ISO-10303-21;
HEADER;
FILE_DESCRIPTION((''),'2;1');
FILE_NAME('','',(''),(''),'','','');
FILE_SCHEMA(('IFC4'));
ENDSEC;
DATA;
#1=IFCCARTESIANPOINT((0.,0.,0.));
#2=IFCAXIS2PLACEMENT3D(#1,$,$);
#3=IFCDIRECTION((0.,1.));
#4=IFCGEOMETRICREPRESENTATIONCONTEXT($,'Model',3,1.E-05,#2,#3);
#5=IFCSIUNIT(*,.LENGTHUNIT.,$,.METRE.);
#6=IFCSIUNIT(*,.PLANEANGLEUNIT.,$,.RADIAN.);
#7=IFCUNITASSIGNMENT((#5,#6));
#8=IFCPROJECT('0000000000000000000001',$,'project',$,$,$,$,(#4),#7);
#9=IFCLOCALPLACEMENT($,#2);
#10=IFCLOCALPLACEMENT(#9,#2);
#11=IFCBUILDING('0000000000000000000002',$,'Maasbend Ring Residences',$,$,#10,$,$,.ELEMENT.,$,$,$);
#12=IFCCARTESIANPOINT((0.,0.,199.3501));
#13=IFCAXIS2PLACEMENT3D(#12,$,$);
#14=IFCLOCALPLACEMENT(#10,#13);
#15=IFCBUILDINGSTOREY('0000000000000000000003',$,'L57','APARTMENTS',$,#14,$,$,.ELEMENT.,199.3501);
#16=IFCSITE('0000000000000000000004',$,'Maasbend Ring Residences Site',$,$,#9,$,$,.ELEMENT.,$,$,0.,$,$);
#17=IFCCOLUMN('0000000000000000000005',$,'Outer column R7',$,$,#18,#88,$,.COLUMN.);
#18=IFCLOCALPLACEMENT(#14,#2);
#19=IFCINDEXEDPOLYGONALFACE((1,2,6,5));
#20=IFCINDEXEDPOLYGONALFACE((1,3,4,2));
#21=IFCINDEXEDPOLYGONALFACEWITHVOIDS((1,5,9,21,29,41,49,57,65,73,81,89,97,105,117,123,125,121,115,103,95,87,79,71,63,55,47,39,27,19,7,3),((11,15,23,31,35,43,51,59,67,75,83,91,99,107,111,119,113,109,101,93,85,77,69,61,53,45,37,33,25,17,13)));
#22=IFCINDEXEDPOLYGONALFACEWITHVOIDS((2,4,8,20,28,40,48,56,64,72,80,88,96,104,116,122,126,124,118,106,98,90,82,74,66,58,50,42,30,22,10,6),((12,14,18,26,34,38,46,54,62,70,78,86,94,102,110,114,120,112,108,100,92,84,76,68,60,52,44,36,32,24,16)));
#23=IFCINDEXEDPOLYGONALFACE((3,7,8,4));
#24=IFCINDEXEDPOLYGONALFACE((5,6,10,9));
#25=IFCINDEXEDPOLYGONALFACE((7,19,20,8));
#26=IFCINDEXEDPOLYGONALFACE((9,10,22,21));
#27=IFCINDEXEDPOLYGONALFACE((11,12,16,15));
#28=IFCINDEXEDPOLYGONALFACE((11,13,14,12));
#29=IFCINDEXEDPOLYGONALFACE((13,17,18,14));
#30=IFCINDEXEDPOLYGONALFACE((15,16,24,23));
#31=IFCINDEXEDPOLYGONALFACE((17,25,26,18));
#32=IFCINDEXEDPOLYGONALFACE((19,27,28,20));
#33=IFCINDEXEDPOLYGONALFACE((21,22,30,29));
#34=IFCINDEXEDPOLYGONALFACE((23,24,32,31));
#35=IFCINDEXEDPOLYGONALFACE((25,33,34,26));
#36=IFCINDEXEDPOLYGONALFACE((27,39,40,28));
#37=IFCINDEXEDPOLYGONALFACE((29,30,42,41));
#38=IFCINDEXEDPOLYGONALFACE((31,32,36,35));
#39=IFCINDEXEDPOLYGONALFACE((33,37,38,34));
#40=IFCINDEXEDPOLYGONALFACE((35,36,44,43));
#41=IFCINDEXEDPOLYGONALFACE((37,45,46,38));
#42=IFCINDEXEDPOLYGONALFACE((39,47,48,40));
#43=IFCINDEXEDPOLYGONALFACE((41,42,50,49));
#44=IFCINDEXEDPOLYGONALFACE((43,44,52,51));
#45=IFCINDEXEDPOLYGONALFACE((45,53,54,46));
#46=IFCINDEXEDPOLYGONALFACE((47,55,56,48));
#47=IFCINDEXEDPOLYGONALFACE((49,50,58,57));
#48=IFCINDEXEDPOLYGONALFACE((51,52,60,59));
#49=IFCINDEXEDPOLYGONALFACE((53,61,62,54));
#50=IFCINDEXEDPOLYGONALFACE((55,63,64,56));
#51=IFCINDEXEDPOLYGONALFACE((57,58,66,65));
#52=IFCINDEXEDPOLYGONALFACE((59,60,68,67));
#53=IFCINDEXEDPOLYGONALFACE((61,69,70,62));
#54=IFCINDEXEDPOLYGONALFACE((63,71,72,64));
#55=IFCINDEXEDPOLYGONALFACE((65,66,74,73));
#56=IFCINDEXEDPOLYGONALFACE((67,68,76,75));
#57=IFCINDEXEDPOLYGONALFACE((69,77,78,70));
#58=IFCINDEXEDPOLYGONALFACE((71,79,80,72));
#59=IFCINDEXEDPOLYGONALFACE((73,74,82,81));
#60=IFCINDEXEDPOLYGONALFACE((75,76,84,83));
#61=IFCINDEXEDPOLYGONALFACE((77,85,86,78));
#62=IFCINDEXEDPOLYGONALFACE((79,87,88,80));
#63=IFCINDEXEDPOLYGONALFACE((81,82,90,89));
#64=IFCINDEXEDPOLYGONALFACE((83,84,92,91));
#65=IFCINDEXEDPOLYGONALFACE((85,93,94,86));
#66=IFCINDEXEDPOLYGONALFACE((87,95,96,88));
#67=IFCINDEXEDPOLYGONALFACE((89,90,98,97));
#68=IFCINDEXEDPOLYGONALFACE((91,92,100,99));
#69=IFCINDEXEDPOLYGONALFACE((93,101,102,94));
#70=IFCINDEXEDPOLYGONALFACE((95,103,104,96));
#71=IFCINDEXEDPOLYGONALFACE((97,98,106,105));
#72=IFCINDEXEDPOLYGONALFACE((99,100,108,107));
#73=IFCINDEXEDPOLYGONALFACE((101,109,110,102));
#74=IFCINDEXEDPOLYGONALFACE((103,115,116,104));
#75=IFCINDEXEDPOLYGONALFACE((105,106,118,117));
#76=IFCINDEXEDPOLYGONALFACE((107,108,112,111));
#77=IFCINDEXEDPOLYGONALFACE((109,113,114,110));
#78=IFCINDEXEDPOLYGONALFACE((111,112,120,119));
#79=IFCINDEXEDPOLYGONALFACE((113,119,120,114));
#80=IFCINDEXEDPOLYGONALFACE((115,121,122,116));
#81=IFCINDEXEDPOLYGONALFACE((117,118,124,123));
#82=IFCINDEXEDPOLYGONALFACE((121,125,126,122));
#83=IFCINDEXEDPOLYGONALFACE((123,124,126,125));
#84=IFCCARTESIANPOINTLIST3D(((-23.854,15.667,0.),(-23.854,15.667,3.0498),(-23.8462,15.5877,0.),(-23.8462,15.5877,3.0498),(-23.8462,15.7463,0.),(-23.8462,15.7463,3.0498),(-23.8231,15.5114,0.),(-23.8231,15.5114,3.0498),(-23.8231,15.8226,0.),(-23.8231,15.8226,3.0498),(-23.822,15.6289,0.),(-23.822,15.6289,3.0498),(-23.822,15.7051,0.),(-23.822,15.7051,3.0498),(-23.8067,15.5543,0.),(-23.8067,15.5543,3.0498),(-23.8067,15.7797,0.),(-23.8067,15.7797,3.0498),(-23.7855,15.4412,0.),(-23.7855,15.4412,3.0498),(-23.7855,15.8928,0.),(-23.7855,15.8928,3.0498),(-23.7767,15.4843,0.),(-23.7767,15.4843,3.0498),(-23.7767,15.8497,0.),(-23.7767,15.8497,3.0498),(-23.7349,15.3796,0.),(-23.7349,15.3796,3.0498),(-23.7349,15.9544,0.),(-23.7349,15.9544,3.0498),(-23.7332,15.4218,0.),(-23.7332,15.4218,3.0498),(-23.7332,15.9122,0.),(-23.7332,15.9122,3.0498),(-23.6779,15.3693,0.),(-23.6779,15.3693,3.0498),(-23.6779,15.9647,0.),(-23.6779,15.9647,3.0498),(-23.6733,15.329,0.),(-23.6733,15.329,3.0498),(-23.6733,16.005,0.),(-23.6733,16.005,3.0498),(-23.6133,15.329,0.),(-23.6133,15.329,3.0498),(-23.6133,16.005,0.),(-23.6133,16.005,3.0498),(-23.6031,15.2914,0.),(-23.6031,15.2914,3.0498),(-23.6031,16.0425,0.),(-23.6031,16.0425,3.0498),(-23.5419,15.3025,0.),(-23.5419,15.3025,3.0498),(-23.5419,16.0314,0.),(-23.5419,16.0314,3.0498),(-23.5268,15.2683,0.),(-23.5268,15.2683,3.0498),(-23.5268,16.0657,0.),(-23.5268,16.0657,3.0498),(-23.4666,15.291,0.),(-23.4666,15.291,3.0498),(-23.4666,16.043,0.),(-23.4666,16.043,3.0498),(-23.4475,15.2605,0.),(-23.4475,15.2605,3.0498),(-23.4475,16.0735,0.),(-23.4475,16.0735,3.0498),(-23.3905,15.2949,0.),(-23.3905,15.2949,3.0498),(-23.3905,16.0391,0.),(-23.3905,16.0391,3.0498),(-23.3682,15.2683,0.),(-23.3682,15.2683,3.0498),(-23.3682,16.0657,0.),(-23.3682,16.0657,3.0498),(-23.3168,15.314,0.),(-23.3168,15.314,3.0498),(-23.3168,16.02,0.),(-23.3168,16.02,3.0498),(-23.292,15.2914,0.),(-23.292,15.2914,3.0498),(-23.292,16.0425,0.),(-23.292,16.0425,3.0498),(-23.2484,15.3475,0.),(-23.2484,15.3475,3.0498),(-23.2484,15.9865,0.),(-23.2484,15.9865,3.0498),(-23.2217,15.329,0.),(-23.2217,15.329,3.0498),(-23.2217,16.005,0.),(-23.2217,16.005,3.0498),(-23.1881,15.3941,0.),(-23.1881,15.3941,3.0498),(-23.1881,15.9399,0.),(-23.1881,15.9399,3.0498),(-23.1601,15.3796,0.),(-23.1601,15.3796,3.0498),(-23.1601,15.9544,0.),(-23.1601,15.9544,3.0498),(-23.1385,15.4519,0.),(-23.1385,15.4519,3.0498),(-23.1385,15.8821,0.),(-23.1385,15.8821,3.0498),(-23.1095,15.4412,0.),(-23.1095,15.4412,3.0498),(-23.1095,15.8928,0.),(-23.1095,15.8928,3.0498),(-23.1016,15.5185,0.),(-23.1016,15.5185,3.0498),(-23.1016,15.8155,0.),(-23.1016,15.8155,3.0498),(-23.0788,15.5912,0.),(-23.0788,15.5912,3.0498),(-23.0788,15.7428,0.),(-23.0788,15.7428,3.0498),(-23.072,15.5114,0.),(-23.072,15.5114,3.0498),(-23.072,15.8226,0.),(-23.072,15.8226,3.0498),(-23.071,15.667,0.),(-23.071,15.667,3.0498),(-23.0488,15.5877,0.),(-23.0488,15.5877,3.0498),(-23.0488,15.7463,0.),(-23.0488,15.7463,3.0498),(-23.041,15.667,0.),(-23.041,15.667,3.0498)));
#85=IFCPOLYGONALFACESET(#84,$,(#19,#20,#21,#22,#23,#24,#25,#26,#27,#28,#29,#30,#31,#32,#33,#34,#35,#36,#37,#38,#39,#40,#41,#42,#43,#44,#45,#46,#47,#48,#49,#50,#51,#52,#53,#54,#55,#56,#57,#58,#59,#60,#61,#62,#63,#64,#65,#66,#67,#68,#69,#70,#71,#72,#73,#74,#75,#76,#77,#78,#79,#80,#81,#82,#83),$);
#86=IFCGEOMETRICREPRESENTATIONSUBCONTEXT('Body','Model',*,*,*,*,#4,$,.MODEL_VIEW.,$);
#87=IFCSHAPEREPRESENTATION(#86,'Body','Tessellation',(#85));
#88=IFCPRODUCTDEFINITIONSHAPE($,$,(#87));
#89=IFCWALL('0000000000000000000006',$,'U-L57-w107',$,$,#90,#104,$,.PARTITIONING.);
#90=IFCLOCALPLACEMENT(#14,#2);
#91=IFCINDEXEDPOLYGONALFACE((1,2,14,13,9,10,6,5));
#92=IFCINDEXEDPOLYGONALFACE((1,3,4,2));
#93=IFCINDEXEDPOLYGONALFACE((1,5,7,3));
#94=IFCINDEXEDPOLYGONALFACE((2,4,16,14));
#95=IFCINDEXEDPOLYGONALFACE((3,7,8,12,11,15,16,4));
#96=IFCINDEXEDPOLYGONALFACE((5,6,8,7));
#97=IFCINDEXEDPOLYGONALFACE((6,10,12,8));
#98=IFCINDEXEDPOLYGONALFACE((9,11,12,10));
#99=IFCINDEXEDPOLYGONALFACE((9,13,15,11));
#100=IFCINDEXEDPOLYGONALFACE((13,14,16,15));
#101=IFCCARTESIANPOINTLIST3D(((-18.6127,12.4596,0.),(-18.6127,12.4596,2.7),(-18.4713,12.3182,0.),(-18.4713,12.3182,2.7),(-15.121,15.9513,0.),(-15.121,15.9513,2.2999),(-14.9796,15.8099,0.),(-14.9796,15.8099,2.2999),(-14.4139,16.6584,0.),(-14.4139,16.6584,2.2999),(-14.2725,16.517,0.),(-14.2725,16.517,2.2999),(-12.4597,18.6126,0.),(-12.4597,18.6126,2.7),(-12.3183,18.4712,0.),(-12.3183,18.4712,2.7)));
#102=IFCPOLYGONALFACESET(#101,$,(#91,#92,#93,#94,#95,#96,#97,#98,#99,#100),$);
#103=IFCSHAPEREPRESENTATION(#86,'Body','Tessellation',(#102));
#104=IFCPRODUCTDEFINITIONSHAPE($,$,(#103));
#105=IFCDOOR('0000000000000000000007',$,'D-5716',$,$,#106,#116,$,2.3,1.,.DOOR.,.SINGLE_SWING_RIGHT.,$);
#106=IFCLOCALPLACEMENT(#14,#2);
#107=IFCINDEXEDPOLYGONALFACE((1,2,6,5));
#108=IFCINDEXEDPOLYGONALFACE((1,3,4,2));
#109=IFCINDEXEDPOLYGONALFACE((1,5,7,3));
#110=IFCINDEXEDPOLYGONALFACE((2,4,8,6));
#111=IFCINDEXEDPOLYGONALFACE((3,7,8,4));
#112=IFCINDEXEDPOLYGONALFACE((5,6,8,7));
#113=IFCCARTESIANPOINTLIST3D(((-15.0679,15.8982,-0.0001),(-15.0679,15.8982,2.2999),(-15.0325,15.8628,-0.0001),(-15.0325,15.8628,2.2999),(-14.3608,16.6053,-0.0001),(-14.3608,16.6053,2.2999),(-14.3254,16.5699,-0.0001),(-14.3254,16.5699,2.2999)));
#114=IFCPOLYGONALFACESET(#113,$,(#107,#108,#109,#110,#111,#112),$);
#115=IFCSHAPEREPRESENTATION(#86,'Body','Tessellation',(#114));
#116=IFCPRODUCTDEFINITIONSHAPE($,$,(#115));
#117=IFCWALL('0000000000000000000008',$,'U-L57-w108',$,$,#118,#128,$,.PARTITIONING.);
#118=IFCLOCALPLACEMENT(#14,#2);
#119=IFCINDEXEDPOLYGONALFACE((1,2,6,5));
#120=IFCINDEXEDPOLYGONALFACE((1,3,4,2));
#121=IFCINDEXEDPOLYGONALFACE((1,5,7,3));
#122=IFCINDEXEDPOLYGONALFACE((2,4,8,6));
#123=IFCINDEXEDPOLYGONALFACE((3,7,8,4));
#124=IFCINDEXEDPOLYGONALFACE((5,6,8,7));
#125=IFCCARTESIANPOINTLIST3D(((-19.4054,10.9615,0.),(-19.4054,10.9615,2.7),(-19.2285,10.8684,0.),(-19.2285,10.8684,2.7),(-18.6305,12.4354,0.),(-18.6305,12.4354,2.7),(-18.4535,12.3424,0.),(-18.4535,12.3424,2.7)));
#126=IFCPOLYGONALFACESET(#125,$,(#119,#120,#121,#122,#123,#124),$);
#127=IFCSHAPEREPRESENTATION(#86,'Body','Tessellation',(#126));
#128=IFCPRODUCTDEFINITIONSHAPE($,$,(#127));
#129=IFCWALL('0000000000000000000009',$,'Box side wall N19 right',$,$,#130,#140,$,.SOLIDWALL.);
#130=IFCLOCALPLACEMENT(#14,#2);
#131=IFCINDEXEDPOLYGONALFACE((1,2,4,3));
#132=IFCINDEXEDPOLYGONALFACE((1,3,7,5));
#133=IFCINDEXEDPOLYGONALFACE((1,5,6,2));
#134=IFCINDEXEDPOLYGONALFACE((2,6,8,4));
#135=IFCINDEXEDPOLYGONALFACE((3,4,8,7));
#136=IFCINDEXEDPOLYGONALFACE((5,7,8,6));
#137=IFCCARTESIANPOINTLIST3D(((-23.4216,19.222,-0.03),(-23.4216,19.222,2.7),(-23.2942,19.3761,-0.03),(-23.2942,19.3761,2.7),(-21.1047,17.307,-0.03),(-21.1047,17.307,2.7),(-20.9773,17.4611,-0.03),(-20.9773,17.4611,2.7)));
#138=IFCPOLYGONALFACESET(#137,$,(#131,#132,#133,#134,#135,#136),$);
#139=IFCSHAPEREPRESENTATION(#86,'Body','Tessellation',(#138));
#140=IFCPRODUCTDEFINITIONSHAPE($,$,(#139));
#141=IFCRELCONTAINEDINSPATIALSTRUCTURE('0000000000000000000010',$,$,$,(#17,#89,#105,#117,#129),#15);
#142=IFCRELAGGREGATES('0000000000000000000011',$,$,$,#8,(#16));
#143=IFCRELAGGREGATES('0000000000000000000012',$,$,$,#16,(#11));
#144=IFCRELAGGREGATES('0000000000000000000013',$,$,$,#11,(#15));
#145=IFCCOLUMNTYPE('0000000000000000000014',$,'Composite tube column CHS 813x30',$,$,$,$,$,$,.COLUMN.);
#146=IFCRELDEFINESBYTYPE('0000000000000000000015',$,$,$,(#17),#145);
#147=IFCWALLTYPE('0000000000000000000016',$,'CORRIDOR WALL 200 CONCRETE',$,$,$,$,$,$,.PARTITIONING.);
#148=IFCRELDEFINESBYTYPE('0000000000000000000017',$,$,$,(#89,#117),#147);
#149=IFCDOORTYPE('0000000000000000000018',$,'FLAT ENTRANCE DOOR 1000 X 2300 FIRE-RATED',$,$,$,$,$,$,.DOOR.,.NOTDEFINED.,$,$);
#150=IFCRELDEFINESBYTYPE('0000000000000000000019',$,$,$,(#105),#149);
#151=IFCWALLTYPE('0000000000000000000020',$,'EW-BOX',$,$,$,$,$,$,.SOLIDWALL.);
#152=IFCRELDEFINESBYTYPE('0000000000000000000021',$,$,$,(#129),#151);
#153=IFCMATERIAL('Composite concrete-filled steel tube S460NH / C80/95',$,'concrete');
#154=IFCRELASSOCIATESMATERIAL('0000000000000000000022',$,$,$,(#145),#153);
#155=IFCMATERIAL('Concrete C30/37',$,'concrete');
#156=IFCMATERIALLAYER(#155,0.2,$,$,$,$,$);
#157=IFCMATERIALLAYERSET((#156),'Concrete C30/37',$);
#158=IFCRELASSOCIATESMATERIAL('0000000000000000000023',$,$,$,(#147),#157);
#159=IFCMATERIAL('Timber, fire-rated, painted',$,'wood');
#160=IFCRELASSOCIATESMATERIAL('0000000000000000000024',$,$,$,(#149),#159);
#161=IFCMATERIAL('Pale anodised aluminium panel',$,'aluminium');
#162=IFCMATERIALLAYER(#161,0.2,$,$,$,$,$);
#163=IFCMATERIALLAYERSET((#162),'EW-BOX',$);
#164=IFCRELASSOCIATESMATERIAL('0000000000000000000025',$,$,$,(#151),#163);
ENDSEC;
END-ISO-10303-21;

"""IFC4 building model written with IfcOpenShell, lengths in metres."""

from ifc_helpers import new_model, si_unit, direction, frame, frame_2d, origin, origin_2d, place, context, subcontext, project, spatial, rectangle, hollow_circle, extrude, material, layer, layer_set, material_profile, profile_set, type_object, element, fill, save


model = new_model("IFC4")

# Units and contexts
model_context = context("Model", 3, precision=1e-05, world=origin(), true_north=direction((0.0, 1.0)))
body_context = subcontext(model_context, "Body", "Model", "MODEL_VIEW")
ifc_project = project(units=[si_unit("LENGTHUNIT", "METRE"), si_unit("PLANEANGLEUNIT", "RADIAN")], contexts=[model_context])

# Site, building, storey
site_placement = place(None, origin())
site = spatial("IfcSite", under=ifc_project, at=site_placement, Name="Maasbend Ring Residences Site", CompositionType="ELEMENT", RefElevation=0.0)
building_placement = place(site_placement, origin())
building = spatial("IfcBuilding", under=site, at=building_placement, Name="Maasbend Ring Residences", CompositionType="ELEMENT")
storey_placement = place(building_placement, frame((0.0, 0.0, 199.3501)))
storey = spatial("IfcBuildingStorey", under=building, at=storey_placement, Name="L57", Description="APARTMENTS", CompositionType="ELEMENT", Elevation=199.3501)

# Column
ifc_material_1 = material(Name="Composite concrete-filled steel tube S460NH / C80/95", Category="concrete")
ifc_material_profile = material_profile(ifc_material_1, hollow_circle(Radius=0.4065, WallThickness=0.03, at=origin_2d()), Name="Composite tube column CHS 813x30")
ifc_profile_set = profile_set([ifc_material_profile], Name="Composite concrete-filled steel tube S460NH / C80/95")
column_type = type_object("IfcColumnType", Name="Composite tube column CHS 813x30", PredefinedType="COLUMN", material=ifc_profile_set)
column_placement = place(storey_placement, frame((-23.4475, 15.667, 0.0), z_axis=(0.0, 0.0, 1.0), x_axis=(1.0, 0.0, 0.0)))
element("IfcColumn", 1, at=column_placement, inside=storey, type_object=column_type, Name="Outer column R7", PredefinedType="COLUMN", context=body_context, shape_type="SweptSolid", body=[
    extrude(hollow_circle(Radius=0.4065, WallThickness=0.03, at=origin_2d()), origin(), (0.0, 0.0, 1.0), 3.0498),
])

# Wall, opening, door
ifc_material_2 = material(Name="Concrete C30/37", Category="concrete")
ifc_layer_1 = layer(ifc_material_2, 0.2)
ifc_layer_set_1 = layer_set([ifc_layer_1], Name="Concrete C30/37")
wall_type_1 = type_object("IfcWallType", Name="CORRIDOR WALL 200 CONCRETE", PredefinedType="PARTITIONING", material=ifc_layer_set_1)
wall_1_placement = place(storey_placement, frame((-18.542, 12.3889, 0.0), z_axis=(0.0, 0.0, 1.0), x_axis=(0.707107, 0.707107, 0.0)))
wall_1 = element("IfcWall", 2, at=wall_1_placement, inside=storey, type_object=wall_type_1, Name="U-L57-w107", PredefinedType="PARTITIONING", context=body_context, shape_type="SweptSolid", body=[
    extrude(rectangle(XDim=8.7017, YDim=0.2, at=frame_2d((4.3508, 0.0))), origin(), (0.0, 0.0, 1.0), 2.7),
])
opening_1_placement = place(wall_1_placement, frame((4.938, 0.0, 0.0)))
opening_1 = element("IfcOpeningElement", 3, at=opening_1_placement, cuts=wall_1, PredefinedType="OPENING", context=body_context, shape_type="SweptSolid", body=[
    extrude(rectangle(XDim=1.0, YDim=2.3, at=frame_2d((0.5, 1.1499))), frame((0.0, 0.1099, 0.0), z_axis=(0.0, -1.0, 0.0), x_axis=(1.0, 0.0, 0.0)), (0.0, 0.0, 1.0), 0.22),
])
ifc_material_3 = material(Name="Timber, fire-rated, painted", Category="wood")
door_type_1 = type_object("IfcDoorType", Name="FLAT ENTRANCE DOOR 1000 X 2300 FIRE-RATED", OperationType="NOTDEFINED", PredefinedType="DOOR", material=ifc_material_3)
door_1_placement = place(opening_1_placement, origin())
door_1 = element("IfcDoor", 4, at=door_1_placement, inside=storey, type_object=door_type_1, Name="D-5716", OperationType="SINGLE_SWING_RIGHT", OverallHeight=2.3, OverallWidth=1.0, PredefinedType="DOOR", context=body_context, shape_type="SweptSolid", body=[
    extrude(rectangle(XDim=1.0, YDim=2.3, at=frame_2d((0.5, 1.1499))), frame((0.0, 0.0249, 0.0), z_axis=(0.0, -1.0, 0.0), x_axis=(1.0, 0.0, 0.0)), (0.0, 0.0, 1.0), 0.05),
])
fill(opening_1, door_1)

# Walls
wall_2_placement = place(storey_placement, frame((-19.3169, 10.915, 0.0), z_axis=(0.0, 0.0, 1.0), x_axis=(0.46536, 0.885122, 0.0)))
element("IfcWall", 5, at=wall_2_placement, inside=storey, type_object=wall_type_1, Name="U-L57-w108", PredefinedType="PARTITIONING", context=body_context, shape_type="SweptSolid", body=[
    extrude(rectangle(XDim=1.6653, YDim=0.2, at=frame_2d((0.8325, 0.0))), origin(), (0.0, 0.0, 1.0), 2.7),
])
ifc_material_4 = material(Name="Pale anodised aluminium panel", Category="aluminium")
ifc_layer_2 = layer(ifc_material_4, 0.2)
ifc_layer_set_2 = layer_set([ifc_layer_2], Name="EW-BOX")
wall_type_2 = type_object("IfcWallType", Name="EW-BOX", PredefinedType="SOLIDWALL", material=ifc_layer_set_2)
wall_3_placement = place(storey_placement, frame((-21.041, 17.384, -0.03), z_axis=(0.0, 0.0, 1.0), x_axis=(-0.770785, 0.637096, 0.0)))
element("IfcWall", 6, at=wall_3_placement, inside=storey, type_object=wall_type_2, Name="Box side wall N19 right", PredefinedType="SOLIDWALL", context=body_context, shape_type="SweptSolid", body=[
    extrude(rectangle(XDim=3.0059, YDim=0.2, at=frame_2d((1.5029, 0.0))), origin(), (0.0, 0.0, 1.0), 2.73),
])

save(model, "model.ifc")
